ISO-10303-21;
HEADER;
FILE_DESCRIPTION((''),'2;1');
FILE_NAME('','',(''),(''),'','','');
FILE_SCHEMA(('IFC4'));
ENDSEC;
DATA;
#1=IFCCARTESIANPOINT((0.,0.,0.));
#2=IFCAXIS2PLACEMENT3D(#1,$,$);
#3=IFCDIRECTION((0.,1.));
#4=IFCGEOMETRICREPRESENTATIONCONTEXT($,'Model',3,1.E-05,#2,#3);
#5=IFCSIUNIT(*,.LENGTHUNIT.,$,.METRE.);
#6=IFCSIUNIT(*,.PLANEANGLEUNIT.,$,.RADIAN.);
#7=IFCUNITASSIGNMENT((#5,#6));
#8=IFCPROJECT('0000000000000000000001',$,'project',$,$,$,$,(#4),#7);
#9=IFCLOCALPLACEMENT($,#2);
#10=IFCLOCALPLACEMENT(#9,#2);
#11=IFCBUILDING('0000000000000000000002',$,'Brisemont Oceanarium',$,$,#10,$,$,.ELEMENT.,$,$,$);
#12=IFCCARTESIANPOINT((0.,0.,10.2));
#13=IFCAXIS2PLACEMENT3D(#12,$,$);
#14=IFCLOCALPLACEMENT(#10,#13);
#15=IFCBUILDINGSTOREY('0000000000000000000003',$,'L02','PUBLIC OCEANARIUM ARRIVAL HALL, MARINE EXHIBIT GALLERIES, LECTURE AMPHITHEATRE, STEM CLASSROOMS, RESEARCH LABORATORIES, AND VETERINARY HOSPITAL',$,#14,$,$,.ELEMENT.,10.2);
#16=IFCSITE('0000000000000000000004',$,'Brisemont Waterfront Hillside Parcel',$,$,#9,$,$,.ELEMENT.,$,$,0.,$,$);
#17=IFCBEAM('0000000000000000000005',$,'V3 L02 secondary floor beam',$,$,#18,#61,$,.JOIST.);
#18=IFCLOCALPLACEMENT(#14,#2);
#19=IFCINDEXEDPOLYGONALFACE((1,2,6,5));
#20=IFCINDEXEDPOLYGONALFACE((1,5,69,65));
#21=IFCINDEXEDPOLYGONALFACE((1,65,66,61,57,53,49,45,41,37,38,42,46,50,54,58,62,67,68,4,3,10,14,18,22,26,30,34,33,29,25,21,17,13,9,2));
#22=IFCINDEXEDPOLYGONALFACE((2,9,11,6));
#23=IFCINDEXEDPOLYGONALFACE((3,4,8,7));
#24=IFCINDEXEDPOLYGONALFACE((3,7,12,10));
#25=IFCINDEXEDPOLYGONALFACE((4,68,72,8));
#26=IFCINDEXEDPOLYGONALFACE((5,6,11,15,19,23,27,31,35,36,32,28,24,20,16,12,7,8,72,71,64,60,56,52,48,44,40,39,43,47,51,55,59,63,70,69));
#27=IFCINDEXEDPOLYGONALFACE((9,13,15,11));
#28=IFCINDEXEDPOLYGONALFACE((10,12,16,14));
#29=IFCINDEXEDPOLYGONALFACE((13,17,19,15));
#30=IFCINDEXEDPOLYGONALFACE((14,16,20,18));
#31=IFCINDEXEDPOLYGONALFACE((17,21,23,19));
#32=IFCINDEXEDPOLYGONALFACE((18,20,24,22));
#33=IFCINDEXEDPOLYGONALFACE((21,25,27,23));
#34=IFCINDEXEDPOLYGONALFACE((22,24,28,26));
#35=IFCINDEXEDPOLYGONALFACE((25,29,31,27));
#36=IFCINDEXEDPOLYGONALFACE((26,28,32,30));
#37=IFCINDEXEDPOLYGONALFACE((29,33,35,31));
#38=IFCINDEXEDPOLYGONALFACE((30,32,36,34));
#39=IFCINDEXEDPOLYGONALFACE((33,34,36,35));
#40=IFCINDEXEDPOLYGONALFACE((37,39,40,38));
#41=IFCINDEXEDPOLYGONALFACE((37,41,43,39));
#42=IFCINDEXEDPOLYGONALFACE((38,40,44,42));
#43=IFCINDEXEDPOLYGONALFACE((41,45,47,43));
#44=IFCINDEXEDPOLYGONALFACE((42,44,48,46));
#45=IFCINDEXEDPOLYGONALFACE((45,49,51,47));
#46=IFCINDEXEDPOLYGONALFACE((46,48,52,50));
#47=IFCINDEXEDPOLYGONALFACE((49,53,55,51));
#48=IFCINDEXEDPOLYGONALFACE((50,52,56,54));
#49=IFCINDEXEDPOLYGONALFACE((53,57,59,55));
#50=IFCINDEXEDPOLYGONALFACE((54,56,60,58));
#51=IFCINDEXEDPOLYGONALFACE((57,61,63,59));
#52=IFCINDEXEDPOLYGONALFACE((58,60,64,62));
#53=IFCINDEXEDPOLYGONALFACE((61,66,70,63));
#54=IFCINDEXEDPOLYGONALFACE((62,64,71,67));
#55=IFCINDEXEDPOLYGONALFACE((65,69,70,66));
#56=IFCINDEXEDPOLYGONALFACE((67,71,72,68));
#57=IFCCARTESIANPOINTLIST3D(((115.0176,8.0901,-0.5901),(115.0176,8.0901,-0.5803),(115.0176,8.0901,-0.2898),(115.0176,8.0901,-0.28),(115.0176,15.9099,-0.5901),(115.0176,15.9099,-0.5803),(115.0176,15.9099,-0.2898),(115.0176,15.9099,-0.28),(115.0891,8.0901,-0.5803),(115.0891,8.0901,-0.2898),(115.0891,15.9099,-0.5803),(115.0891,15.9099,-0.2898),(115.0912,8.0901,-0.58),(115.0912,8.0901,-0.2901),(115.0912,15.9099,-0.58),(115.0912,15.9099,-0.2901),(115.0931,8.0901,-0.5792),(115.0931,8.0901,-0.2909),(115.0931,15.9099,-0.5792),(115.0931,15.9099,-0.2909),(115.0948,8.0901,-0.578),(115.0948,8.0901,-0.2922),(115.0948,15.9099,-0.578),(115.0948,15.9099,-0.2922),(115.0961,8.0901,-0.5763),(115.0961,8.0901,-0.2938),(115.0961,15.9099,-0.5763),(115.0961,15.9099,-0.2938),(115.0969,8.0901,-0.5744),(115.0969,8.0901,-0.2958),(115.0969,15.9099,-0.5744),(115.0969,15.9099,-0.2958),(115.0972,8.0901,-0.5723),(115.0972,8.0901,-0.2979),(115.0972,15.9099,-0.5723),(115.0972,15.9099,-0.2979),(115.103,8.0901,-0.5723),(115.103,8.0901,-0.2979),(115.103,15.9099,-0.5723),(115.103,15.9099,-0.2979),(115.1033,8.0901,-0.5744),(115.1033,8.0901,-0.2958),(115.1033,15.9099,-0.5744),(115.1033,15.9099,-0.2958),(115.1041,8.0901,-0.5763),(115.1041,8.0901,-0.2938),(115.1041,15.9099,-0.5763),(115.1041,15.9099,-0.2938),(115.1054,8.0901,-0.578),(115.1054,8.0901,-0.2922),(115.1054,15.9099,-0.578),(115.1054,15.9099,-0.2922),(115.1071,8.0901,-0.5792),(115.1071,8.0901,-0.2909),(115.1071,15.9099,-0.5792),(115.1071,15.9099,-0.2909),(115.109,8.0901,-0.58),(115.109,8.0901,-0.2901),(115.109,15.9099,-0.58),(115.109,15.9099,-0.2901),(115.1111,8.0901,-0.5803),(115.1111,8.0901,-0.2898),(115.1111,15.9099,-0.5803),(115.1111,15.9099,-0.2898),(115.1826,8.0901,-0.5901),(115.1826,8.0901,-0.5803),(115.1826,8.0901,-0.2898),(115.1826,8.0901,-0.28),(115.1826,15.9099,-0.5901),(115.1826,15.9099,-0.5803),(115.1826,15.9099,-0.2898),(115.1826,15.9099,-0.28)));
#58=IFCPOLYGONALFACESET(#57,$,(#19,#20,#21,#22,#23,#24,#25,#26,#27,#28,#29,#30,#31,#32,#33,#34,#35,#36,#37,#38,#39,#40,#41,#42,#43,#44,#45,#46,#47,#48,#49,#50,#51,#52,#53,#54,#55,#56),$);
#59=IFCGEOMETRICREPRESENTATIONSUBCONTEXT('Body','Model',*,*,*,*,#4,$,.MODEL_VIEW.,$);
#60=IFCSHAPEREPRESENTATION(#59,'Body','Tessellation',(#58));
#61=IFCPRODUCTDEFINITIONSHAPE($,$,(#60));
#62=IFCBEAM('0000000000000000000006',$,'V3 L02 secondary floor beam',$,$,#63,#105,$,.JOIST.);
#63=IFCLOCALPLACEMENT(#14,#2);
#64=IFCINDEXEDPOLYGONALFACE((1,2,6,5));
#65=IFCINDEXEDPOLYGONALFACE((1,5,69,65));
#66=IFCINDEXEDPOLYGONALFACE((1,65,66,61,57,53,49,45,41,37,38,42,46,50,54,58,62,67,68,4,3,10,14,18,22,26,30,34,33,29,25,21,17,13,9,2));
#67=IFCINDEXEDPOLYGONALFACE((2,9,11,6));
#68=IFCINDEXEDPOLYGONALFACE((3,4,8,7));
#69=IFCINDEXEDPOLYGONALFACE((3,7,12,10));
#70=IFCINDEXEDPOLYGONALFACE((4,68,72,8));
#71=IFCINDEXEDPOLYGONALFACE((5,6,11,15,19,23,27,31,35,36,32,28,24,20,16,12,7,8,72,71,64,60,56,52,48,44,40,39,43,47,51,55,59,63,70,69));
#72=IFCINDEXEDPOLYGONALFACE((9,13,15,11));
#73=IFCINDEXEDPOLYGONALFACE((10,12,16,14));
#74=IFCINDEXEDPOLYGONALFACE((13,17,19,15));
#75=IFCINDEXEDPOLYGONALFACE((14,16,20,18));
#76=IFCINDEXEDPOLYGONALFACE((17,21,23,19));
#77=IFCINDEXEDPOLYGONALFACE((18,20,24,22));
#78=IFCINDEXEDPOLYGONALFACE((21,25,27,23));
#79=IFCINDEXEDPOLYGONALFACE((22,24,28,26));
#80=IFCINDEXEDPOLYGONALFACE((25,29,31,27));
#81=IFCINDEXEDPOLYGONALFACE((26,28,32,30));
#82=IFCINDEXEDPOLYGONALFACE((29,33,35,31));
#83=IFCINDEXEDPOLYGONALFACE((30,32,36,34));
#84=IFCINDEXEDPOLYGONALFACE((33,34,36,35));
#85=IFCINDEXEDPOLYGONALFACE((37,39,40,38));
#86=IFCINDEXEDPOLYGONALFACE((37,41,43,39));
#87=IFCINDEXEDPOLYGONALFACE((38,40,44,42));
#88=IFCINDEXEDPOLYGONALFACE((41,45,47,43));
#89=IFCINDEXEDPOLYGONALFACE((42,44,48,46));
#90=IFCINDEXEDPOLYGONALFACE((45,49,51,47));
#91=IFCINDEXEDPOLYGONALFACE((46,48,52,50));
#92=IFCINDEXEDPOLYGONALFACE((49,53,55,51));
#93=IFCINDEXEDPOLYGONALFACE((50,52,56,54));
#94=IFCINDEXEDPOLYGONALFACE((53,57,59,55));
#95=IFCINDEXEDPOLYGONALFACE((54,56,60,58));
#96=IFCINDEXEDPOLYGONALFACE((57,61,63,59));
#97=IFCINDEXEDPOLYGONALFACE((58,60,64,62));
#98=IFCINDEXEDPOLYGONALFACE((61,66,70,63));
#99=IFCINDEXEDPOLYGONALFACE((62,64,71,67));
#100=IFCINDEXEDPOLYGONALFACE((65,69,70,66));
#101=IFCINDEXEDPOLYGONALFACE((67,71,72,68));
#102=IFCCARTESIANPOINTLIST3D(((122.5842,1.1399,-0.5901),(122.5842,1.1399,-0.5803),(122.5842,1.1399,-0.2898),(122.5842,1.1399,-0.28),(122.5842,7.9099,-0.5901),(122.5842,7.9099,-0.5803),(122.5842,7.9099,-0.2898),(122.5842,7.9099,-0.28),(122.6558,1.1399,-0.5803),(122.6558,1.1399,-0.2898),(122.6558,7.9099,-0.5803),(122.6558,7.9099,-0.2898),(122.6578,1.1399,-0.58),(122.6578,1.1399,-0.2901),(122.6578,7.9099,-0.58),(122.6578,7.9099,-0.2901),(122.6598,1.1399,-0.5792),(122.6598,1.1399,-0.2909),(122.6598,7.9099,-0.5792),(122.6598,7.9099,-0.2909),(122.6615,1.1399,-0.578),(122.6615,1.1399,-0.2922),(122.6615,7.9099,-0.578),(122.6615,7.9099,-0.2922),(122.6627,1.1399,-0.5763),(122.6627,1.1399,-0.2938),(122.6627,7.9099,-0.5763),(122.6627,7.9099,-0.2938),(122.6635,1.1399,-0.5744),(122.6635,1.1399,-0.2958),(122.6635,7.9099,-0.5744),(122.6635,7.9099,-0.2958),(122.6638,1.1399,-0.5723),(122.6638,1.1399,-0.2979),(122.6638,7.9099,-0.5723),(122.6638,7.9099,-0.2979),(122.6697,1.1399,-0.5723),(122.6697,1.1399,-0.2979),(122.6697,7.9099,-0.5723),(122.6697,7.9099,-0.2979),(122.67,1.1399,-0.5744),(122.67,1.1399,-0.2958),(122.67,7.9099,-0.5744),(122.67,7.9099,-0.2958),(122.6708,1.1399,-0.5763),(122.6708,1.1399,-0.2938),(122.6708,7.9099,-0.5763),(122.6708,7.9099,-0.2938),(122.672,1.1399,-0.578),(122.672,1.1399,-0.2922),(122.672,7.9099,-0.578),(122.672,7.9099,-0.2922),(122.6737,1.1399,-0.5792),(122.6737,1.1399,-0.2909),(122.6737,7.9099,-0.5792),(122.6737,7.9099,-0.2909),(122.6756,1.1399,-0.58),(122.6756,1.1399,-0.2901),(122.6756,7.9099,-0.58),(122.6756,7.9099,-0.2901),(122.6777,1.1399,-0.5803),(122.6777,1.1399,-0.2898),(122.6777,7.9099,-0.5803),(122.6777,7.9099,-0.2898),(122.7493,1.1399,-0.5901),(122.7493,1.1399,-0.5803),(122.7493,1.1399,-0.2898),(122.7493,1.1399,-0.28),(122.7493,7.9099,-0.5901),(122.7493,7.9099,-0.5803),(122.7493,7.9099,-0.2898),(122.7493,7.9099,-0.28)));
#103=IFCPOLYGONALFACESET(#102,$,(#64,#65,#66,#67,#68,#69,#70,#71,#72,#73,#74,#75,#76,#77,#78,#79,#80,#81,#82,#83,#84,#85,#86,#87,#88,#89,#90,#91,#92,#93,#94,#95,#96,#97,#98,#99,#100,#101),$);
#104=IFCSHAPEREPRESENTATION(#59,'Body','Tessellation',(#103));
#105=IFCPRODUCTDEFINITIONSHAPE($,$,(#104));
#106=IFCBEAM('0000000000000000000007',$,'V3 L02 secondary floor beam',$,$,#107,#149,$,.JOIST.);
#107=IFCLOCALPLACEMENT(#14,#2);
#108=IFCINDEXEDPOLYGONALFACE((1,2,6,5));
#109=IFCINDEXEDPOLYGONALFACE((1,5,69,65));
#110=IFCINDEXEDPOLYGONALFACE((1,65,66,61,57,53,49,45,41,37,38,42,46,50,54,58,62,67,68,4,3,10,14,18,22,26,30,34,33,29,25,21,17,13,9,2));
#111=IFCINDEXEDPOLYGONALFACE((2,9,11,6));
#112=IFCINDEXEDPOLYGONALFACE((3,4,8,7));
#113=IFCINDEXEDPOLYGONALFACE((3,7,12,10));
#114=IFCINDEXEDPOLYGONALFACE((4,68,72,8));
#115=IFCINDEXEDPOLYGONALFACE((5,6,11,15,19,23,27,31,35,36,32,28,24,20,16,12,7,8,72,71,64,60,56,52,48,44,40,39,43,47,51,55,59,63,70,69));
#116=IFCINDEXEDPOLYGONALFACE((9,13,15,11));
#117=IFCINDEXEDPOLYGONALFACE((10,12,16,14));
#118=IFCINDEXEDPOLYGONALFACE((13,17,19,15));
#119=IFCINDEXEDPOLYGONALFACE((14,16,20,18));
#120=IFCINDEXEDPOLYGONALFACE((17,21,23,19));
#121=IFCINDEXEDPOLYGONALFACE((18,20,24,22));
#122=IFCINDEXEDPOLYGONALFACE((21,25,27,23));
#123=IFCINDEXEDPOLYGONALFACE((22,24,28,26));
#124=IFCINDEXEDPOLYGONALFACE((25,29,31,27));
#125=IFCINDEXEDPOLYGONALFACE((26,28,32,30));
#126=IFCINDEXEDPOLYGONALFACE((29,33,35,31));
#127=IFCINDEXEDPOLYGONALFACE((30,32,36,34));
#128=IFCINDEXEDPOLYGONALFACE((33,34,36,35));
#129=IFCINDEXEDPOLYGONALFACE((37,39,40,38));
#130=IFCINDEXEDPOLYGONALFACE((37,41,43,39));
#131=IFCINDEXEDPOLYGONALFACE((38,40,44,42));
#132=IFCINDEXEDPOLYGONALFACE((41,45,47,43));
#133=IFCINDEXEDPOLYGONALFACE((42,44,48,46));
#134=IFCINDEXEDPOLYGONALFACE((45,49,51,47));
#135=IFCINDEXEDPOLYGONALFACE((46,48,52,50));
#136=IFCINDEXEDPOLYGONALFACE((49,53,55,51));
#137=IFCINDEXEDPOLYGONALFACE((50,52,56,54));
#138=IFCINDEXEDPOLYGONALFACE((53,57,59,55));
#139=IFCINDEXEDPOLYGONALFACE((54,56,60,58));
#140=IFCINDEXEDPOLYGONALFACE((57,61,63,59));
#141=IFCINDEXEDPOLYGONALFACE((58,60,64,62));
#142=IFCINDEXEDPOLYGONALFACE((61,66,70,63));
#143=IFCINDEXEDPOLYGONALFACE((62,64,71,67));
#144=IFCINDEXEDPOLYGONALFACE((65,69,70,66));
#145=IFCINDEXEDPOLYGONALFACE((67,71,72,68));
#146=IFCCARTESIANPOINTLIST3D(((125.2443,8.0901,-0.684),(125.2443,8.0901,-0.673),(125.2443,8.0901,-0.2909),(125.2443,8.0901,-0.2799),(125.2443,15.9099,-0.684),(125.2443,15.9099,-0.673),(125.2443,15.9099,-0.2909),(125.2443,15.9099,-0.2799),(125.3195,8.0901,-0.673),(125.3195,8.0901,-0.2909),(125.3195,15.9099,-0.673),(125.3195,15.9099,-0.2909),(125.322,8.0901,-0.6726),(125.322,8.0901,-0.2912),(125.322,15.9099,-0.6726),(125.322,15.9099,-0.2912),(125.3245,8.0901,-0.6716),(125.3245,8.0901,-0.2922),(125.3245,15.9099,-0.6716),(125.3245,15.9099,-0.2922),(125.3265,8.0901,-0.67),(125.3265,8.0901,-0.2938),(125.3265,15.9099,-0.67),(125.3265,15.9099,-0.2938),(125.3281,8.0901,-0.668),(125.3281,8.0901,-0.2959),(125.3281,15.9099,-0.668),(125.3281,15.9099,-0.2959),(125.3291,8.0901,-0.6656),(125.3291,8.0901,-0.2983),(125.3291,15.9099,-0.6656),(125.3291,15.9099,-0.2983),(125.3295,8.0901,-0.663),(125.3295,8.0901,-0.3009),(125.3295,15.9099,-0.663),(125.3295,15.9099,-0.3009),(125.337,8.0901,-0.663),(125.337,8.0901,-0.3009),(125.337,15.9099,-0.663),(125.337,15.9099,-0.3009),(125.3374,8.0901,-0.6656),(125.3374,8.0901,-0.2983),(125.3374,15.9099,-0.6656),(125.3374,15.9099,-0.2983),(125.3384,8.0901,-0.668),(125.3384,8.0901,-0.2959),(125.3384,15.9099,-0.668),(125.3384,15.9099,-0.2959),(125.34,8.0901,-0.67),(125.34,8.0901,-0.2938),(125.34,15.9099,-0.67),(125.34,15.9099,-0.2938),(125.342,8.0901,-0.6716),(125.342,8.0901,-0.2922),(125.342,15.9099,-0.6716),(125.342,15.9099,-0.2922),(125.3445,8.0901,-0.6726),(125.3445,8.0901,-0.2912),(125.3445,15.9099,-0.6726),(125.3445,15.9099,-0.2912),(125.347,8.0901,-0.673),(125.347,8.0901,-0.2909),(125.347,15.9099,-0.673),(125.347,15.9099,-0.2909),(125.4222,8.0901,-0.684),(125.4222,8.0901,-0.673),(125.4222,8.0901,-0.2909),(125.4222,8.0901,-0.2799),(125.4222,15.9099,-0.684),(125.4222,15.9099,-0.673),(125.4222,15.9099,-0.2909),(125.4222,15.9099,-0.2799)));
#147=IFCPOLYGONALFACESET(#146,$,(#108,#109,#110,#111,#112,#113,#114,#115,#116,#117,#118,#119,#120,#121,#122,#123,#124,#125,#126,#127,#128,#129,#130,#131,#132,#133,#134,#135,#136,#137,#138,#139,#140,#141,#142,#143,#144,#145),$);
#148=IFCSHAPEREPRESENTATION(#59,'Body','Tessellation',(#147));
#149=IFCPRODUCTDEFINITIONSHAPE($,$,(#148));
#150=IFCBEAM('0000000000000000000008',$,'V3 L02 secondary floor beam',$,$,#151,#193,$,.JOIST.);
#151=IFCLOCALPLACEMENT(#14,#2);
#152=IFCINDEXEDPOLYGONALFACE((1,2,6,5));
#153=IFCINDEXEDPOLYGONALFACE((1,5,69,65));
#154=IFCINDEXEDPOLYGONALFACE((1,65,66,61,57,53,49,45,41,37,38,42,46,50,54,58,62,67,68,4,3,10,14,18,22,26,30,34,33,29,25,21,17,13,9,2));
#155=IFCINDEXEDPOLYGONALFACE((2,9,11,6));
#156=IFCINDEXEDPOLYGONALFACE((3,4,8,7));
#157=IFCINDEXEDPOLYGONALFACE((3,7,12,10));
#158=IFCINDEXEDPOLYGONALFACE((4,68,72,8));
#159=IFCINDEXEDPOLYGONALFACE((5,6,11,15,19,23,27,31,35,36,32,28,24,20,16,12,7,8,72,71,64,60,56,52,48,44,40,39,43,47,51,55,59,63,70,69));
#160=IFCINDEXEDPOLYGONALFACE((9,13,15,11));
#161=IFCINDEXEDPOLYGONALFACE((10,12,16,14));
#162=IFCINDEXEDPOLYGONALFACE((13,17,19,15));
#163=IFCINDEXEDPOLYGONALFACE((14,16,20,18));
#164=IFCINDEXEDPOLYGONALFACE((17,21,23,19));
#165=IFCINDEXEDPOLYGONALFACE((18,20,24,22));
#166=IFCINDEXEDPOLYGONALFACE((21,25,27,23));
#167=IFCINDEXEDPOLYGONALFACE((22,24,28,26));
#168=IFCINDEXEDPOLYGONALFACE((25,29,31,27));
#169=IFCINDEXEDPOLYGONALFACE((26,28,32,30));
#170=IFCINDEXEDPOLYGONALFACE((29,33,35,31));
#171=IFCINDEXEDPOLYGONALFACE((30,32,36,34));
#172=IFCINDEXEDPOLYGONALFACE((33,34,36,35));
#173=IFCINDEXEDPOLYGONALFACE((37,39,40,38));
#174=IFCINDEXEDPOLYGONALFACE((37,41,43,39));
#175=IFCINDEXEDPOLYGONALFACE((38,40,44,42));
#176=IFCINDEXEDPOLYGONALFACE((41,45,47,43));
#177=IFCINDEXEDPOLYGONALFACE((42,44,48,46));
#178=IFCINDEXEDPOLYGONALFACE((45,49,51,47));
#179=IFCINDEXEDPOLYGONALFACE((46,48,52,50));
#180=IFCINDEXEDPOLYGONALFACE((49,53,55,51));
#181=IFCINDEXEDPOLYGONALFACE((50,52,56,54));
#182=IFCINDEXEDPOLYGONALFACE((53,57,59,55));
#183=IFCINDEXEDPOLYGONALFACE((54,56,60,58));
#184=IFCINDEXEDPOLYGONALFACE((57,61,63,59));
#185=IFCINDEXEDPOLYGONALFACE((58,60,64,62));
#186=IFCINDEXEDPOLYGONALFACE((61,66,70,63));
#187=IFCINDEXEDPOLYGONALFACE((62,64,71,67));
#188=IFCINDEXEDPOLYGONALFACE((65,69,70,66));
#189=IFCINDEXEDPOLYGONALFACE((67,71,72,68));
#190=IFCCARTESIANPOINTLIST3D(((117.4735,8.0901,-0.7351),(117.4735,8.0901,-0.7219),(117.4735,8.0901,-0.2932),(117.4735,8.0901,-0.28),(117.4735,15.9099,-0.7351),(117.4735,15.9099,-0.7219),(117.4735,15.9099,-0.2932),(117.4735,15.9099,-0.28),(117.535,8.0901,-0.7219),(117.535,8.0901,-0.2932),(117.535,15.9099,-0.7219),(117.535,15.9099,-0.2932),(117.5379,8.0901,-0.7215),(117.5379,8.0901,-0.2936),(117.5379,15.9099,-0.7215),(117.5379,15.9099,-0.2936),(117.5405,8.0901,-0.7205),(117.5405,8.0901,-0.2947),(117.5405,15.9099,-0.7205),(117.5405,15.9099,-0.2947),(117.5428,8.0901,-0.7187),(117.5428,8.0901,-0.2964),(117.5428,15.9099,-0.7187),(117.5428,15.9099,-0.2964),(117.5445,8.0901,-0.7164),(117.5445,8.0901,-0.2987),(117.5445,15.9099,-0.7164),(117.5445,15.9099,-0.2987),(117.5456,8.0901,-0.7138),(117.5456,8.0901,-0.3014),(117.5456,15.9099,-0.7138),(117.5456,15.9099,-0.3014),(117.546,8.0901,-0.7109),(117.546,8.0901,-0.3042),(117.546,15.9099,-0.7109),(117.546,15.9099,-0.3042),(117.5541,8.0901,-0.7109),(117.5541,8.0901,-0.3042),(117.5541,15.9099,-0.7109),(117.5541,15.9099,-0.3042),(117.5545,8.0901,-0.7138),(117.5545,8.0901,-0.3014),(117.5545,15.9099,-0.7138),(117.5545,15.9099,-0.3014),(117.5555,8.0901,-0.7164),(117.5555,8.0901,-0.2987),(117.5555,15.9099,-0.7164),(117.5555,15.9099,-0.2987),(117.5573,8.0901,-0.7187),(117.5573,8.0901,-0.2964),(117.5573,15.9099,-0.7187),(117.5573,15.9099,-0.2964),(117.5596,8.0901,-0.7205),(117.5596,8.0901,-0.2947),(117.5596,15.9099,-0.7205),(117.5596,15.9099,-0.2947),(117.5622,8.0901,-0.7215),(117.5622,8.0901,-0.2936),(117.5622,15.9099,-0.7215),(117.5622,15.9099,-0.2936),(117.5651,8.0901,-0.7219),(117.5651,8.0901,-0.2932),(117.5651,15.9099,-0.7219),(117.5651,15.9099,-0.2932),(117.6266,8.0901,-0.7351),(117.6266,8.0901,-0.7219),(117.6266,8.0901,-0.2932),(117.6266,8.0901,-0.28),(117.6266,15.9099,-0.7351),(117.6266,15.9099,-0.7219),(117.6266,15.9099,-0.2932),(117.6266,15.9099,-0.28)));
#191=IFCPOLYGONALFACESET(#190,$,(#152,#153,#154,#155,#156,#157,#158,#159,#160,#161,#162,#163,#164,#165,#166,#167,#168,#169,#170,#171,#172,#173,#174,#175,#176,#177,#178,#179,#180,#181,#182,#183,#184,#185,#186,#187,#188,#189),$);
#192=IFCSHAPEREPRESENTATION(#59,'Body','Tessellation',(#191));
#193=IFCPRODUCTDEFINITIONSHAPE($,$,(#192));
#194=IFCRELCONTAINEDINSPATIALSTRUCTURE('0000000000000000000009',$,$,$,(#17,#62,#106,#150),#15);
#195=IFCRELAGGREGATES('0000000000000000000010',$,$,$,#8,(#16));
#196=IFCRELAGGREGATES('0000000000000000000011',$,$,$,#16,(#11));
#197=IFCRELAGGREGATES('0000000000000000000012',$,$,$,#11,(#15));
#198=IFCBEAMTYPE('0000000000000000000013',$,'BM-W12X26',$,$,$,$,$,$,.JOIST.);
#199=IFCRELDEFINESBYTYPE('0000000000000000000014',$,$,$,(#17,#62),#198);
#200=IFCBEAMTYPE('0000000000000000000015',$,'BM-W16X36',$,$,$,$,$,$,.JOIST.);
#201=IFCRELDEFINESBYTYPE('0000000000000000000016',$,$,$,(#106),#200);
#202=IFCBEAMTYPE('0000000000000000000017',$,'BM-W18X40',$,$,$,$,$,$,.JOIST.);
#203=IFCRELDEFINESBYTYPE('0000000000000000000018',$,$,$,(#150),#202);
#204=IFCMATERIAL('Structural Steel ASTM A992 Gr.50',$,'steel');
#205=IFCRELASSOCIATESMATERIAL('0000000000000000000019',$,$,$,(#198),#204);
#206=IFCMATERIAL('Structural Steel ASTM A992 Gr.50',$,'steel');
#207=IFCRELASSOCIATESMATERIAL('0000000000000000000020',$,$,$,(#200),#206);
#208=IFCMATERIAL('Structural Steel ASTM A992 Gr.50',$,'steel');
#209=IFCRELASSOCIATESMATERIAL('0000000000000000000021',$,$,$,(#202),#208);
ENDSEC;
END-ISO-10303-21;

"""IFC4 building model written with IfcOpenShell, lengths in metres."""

from ifc_helpers import new_model, si_unit, direction, frame, origin, origin_2d, place, context, subcontext, project, spatial, i_section, extrude, material, material_profile, profile_set, type_object, element, save


model = new_model("IFC4")

# Units and contexts
model_context = context("Model", 3, precision=1e-05, world=origin(), true_north=direction((0.0, 1.0)))
body_context = subcontext(model_context, "Body", "Model", "MODEL_VIEW")
ifc_project = project(units=[si_unit("LENGTHUNIT", "METRE"), si_unit("PLANEANGLEUNIT", "RADIAN")], contexts=[model_context])

# Site, building, storey
site_placement = place(None, origin())
site = spatial("IfcSite", under=ifc_project, at=site_placement, Name="Brisemont Waterfront Hillside Parcel", CompositionType="ELEMENT", RefElevation=0.0)
building_placement = place(site_placement, origin())
building = spatial("IfcBuilding", under=site, at=building_placement, Name="Brisemont Oceanarium", CompositionType="ELEMENT")
storey_placement = place(building_placement, frame((0.0, 0.0, 10.2)))
storey = spatial("IfcBuildingStorey", under=building, at=storey_placement, Name="L02", Description="PUBLIC OCEANARIUM ARRIVAL HALL, MARINE EXHIBIT GALLERIES, LECTURE AMPHITHEATRE, STEM CLASSROOMS, RESEARCH LABORATORIES, AND VETERINARY HOSPITAL", CompositionType="ELEMENT", Elevation=10.2)

# Beams
ifc_material_1 = material(Name="Structural Steel ASTM A992 Gr.50", Category="steel")
ifc_material_profile_1 = material_profile(ifc_material_1, i_section(OverallWidth=0.165, OverallDepth=0.3101, WebThickness=0.0059, FlangeThickness=0.0098, FilletRadius=0.0081, at=origin_2d()), Name="W12X26")
ifc_profile_set_1 = profile_set([ifc_material_profile_1], Name="Structural Steel ASTM A992 Gr.50")
beam_type_1 = type_object("IfcBeamType", Name="BM-W12X26", PredefinedType="JOIST", material=ifc_profile_set_1)
beam_1_placement = place(storey_placement, frame((115.1001, 8.0901, -0.4351), z_axis=(0.0, 1.0, 0.0), x_axis=(-1.0, 0.0, 0.0)))
element("IfcBeam", 1, at=beam_1_placement, inside=storey, type_object=beam_type_1, Name="V3 L02 secondary floor beam", PredefinedType="JOIST", context=body_context, shape_type="SweptSolid", body=[
    extrude(i_section(OverallWidth=0.165, OverallDepth=0.3101, WebThickness=0.0059, FlangeThickness=0.0098, FilletRadius=0.0081, at=origin_2d()), origin(), (0.0, 0.0, 1.0), 7.8198),
])
beam_2_placement = place(storey_placement, frame((122.6667, 1.1399, -0.4351), z_axis=(0.0, 1.0, 0.0), x_axis=(-1.0, 0.0, 0.0)))
element("IfcBeam", 2, at=beam_2_placement, inside=storey, type_object=beam_type_1, Name="V3 L02 secondary floor beam", PredefinedType="JOIST", context=body_context, shape_type="SweptSolid", body=[
    extrude(i_section(OverallWidth=0.165, OverallDepth=0.3101, WebThickness=0.0059, FlangeThickness=0.0098, FilletRadius=0.0081, at=origin_2d()), origin(), (0.0, 0.0, 1.0), 6.77),
])
ifc_material_2 = material(Name="Structural Steel ASTM A992 Gr.50", Category="steel")
ifc_material_profile_2 = material_profile(ifc_material_2, i_section(OverallWidth=0.178, OverallDepth=0.4041, WebThickness=0.0076, FlangeThickness=0.011, FilletRadius=0.01, at=origin_2d()), Name="W16X36")
ifc_profile_set_2 = profile_set([ifc_material_profile_2], Name="Structural Steel ASTM A992 Gr.50")
beam_type_2 = type_object("IfcBeamType", Name="BM-W16X36", PredefinedType="JOIST", material=ifc_profile_set_2)
beam_3_placement = place(storey_placement, frame((125.3333, 8.0901, -0.4819), z_axis=(0.0, 1.0, 0.0), x_axis=(-1.0, 0.0, 0.0)))
element("IfcBeam", 3, at=beam_3_placement, inside=storey, type_object=beam_type_2, Name="V3 L02 secondary floor beam", PredefinedType="JOIST", context=body_context, shape_type="SweptSolid", body=[
    extrude(i_section(OverallWidth=0.178, OverallDepth=0.4041, WebThickness=0.0076, FlangeThickness=0.011, FilletRadius=0.01, at=origin_2d()), origin(), (0.0, 0.0, 1.0), 7.8198),
])
ifc_material_3 = material(Name="Structural Steel ASTM A992 Gr.50", Category="steel")
ifc_material_profile_3 = material_profile(ifc_material_3, i_section(OverallWidth=0.1531, OverallDepth=0.4551, WebThickness=0.0081, FlangeThickness=0.0132, FilletRadius=0.011, at=origin_2d()), Name="W18X40")
ifc_profile_set_3 = profile_set([ifc_material_profile_3], Name="Structural Steel ASTM A992 Gr.50")
beam_type_3 = type_object("IfcBeamType", Name="BM-W18X40", PredefinedType="JOIST", material=ifc_profile_set_3)
beam_4_placement = place(storey_placement, frame((117.55, 8.0901, -0.5076), z_axis=(0.0, 1.0, 0.0), x_axis=(-1.0, 0.0, 0.0)))
element("IfcBeam", 4, at=beam_4_placement, inside=storey, type_object=beam_type_3, Name="V3 L02 secondary floor beam", PredefinedType="JOIST", context=body_context, shape_type="SweptSolid", body=[
    extrude(i_section(OverallWidth=0.1531, OverallDepth=0.4551, WebThickness=0.0081, FlangeThickness=0.0132, FilletRadius=0.011, at=origin_2d()), origin(), (0.0, 0.0, 1.0), 7.8198),
])

save(model, "model.ifc")
